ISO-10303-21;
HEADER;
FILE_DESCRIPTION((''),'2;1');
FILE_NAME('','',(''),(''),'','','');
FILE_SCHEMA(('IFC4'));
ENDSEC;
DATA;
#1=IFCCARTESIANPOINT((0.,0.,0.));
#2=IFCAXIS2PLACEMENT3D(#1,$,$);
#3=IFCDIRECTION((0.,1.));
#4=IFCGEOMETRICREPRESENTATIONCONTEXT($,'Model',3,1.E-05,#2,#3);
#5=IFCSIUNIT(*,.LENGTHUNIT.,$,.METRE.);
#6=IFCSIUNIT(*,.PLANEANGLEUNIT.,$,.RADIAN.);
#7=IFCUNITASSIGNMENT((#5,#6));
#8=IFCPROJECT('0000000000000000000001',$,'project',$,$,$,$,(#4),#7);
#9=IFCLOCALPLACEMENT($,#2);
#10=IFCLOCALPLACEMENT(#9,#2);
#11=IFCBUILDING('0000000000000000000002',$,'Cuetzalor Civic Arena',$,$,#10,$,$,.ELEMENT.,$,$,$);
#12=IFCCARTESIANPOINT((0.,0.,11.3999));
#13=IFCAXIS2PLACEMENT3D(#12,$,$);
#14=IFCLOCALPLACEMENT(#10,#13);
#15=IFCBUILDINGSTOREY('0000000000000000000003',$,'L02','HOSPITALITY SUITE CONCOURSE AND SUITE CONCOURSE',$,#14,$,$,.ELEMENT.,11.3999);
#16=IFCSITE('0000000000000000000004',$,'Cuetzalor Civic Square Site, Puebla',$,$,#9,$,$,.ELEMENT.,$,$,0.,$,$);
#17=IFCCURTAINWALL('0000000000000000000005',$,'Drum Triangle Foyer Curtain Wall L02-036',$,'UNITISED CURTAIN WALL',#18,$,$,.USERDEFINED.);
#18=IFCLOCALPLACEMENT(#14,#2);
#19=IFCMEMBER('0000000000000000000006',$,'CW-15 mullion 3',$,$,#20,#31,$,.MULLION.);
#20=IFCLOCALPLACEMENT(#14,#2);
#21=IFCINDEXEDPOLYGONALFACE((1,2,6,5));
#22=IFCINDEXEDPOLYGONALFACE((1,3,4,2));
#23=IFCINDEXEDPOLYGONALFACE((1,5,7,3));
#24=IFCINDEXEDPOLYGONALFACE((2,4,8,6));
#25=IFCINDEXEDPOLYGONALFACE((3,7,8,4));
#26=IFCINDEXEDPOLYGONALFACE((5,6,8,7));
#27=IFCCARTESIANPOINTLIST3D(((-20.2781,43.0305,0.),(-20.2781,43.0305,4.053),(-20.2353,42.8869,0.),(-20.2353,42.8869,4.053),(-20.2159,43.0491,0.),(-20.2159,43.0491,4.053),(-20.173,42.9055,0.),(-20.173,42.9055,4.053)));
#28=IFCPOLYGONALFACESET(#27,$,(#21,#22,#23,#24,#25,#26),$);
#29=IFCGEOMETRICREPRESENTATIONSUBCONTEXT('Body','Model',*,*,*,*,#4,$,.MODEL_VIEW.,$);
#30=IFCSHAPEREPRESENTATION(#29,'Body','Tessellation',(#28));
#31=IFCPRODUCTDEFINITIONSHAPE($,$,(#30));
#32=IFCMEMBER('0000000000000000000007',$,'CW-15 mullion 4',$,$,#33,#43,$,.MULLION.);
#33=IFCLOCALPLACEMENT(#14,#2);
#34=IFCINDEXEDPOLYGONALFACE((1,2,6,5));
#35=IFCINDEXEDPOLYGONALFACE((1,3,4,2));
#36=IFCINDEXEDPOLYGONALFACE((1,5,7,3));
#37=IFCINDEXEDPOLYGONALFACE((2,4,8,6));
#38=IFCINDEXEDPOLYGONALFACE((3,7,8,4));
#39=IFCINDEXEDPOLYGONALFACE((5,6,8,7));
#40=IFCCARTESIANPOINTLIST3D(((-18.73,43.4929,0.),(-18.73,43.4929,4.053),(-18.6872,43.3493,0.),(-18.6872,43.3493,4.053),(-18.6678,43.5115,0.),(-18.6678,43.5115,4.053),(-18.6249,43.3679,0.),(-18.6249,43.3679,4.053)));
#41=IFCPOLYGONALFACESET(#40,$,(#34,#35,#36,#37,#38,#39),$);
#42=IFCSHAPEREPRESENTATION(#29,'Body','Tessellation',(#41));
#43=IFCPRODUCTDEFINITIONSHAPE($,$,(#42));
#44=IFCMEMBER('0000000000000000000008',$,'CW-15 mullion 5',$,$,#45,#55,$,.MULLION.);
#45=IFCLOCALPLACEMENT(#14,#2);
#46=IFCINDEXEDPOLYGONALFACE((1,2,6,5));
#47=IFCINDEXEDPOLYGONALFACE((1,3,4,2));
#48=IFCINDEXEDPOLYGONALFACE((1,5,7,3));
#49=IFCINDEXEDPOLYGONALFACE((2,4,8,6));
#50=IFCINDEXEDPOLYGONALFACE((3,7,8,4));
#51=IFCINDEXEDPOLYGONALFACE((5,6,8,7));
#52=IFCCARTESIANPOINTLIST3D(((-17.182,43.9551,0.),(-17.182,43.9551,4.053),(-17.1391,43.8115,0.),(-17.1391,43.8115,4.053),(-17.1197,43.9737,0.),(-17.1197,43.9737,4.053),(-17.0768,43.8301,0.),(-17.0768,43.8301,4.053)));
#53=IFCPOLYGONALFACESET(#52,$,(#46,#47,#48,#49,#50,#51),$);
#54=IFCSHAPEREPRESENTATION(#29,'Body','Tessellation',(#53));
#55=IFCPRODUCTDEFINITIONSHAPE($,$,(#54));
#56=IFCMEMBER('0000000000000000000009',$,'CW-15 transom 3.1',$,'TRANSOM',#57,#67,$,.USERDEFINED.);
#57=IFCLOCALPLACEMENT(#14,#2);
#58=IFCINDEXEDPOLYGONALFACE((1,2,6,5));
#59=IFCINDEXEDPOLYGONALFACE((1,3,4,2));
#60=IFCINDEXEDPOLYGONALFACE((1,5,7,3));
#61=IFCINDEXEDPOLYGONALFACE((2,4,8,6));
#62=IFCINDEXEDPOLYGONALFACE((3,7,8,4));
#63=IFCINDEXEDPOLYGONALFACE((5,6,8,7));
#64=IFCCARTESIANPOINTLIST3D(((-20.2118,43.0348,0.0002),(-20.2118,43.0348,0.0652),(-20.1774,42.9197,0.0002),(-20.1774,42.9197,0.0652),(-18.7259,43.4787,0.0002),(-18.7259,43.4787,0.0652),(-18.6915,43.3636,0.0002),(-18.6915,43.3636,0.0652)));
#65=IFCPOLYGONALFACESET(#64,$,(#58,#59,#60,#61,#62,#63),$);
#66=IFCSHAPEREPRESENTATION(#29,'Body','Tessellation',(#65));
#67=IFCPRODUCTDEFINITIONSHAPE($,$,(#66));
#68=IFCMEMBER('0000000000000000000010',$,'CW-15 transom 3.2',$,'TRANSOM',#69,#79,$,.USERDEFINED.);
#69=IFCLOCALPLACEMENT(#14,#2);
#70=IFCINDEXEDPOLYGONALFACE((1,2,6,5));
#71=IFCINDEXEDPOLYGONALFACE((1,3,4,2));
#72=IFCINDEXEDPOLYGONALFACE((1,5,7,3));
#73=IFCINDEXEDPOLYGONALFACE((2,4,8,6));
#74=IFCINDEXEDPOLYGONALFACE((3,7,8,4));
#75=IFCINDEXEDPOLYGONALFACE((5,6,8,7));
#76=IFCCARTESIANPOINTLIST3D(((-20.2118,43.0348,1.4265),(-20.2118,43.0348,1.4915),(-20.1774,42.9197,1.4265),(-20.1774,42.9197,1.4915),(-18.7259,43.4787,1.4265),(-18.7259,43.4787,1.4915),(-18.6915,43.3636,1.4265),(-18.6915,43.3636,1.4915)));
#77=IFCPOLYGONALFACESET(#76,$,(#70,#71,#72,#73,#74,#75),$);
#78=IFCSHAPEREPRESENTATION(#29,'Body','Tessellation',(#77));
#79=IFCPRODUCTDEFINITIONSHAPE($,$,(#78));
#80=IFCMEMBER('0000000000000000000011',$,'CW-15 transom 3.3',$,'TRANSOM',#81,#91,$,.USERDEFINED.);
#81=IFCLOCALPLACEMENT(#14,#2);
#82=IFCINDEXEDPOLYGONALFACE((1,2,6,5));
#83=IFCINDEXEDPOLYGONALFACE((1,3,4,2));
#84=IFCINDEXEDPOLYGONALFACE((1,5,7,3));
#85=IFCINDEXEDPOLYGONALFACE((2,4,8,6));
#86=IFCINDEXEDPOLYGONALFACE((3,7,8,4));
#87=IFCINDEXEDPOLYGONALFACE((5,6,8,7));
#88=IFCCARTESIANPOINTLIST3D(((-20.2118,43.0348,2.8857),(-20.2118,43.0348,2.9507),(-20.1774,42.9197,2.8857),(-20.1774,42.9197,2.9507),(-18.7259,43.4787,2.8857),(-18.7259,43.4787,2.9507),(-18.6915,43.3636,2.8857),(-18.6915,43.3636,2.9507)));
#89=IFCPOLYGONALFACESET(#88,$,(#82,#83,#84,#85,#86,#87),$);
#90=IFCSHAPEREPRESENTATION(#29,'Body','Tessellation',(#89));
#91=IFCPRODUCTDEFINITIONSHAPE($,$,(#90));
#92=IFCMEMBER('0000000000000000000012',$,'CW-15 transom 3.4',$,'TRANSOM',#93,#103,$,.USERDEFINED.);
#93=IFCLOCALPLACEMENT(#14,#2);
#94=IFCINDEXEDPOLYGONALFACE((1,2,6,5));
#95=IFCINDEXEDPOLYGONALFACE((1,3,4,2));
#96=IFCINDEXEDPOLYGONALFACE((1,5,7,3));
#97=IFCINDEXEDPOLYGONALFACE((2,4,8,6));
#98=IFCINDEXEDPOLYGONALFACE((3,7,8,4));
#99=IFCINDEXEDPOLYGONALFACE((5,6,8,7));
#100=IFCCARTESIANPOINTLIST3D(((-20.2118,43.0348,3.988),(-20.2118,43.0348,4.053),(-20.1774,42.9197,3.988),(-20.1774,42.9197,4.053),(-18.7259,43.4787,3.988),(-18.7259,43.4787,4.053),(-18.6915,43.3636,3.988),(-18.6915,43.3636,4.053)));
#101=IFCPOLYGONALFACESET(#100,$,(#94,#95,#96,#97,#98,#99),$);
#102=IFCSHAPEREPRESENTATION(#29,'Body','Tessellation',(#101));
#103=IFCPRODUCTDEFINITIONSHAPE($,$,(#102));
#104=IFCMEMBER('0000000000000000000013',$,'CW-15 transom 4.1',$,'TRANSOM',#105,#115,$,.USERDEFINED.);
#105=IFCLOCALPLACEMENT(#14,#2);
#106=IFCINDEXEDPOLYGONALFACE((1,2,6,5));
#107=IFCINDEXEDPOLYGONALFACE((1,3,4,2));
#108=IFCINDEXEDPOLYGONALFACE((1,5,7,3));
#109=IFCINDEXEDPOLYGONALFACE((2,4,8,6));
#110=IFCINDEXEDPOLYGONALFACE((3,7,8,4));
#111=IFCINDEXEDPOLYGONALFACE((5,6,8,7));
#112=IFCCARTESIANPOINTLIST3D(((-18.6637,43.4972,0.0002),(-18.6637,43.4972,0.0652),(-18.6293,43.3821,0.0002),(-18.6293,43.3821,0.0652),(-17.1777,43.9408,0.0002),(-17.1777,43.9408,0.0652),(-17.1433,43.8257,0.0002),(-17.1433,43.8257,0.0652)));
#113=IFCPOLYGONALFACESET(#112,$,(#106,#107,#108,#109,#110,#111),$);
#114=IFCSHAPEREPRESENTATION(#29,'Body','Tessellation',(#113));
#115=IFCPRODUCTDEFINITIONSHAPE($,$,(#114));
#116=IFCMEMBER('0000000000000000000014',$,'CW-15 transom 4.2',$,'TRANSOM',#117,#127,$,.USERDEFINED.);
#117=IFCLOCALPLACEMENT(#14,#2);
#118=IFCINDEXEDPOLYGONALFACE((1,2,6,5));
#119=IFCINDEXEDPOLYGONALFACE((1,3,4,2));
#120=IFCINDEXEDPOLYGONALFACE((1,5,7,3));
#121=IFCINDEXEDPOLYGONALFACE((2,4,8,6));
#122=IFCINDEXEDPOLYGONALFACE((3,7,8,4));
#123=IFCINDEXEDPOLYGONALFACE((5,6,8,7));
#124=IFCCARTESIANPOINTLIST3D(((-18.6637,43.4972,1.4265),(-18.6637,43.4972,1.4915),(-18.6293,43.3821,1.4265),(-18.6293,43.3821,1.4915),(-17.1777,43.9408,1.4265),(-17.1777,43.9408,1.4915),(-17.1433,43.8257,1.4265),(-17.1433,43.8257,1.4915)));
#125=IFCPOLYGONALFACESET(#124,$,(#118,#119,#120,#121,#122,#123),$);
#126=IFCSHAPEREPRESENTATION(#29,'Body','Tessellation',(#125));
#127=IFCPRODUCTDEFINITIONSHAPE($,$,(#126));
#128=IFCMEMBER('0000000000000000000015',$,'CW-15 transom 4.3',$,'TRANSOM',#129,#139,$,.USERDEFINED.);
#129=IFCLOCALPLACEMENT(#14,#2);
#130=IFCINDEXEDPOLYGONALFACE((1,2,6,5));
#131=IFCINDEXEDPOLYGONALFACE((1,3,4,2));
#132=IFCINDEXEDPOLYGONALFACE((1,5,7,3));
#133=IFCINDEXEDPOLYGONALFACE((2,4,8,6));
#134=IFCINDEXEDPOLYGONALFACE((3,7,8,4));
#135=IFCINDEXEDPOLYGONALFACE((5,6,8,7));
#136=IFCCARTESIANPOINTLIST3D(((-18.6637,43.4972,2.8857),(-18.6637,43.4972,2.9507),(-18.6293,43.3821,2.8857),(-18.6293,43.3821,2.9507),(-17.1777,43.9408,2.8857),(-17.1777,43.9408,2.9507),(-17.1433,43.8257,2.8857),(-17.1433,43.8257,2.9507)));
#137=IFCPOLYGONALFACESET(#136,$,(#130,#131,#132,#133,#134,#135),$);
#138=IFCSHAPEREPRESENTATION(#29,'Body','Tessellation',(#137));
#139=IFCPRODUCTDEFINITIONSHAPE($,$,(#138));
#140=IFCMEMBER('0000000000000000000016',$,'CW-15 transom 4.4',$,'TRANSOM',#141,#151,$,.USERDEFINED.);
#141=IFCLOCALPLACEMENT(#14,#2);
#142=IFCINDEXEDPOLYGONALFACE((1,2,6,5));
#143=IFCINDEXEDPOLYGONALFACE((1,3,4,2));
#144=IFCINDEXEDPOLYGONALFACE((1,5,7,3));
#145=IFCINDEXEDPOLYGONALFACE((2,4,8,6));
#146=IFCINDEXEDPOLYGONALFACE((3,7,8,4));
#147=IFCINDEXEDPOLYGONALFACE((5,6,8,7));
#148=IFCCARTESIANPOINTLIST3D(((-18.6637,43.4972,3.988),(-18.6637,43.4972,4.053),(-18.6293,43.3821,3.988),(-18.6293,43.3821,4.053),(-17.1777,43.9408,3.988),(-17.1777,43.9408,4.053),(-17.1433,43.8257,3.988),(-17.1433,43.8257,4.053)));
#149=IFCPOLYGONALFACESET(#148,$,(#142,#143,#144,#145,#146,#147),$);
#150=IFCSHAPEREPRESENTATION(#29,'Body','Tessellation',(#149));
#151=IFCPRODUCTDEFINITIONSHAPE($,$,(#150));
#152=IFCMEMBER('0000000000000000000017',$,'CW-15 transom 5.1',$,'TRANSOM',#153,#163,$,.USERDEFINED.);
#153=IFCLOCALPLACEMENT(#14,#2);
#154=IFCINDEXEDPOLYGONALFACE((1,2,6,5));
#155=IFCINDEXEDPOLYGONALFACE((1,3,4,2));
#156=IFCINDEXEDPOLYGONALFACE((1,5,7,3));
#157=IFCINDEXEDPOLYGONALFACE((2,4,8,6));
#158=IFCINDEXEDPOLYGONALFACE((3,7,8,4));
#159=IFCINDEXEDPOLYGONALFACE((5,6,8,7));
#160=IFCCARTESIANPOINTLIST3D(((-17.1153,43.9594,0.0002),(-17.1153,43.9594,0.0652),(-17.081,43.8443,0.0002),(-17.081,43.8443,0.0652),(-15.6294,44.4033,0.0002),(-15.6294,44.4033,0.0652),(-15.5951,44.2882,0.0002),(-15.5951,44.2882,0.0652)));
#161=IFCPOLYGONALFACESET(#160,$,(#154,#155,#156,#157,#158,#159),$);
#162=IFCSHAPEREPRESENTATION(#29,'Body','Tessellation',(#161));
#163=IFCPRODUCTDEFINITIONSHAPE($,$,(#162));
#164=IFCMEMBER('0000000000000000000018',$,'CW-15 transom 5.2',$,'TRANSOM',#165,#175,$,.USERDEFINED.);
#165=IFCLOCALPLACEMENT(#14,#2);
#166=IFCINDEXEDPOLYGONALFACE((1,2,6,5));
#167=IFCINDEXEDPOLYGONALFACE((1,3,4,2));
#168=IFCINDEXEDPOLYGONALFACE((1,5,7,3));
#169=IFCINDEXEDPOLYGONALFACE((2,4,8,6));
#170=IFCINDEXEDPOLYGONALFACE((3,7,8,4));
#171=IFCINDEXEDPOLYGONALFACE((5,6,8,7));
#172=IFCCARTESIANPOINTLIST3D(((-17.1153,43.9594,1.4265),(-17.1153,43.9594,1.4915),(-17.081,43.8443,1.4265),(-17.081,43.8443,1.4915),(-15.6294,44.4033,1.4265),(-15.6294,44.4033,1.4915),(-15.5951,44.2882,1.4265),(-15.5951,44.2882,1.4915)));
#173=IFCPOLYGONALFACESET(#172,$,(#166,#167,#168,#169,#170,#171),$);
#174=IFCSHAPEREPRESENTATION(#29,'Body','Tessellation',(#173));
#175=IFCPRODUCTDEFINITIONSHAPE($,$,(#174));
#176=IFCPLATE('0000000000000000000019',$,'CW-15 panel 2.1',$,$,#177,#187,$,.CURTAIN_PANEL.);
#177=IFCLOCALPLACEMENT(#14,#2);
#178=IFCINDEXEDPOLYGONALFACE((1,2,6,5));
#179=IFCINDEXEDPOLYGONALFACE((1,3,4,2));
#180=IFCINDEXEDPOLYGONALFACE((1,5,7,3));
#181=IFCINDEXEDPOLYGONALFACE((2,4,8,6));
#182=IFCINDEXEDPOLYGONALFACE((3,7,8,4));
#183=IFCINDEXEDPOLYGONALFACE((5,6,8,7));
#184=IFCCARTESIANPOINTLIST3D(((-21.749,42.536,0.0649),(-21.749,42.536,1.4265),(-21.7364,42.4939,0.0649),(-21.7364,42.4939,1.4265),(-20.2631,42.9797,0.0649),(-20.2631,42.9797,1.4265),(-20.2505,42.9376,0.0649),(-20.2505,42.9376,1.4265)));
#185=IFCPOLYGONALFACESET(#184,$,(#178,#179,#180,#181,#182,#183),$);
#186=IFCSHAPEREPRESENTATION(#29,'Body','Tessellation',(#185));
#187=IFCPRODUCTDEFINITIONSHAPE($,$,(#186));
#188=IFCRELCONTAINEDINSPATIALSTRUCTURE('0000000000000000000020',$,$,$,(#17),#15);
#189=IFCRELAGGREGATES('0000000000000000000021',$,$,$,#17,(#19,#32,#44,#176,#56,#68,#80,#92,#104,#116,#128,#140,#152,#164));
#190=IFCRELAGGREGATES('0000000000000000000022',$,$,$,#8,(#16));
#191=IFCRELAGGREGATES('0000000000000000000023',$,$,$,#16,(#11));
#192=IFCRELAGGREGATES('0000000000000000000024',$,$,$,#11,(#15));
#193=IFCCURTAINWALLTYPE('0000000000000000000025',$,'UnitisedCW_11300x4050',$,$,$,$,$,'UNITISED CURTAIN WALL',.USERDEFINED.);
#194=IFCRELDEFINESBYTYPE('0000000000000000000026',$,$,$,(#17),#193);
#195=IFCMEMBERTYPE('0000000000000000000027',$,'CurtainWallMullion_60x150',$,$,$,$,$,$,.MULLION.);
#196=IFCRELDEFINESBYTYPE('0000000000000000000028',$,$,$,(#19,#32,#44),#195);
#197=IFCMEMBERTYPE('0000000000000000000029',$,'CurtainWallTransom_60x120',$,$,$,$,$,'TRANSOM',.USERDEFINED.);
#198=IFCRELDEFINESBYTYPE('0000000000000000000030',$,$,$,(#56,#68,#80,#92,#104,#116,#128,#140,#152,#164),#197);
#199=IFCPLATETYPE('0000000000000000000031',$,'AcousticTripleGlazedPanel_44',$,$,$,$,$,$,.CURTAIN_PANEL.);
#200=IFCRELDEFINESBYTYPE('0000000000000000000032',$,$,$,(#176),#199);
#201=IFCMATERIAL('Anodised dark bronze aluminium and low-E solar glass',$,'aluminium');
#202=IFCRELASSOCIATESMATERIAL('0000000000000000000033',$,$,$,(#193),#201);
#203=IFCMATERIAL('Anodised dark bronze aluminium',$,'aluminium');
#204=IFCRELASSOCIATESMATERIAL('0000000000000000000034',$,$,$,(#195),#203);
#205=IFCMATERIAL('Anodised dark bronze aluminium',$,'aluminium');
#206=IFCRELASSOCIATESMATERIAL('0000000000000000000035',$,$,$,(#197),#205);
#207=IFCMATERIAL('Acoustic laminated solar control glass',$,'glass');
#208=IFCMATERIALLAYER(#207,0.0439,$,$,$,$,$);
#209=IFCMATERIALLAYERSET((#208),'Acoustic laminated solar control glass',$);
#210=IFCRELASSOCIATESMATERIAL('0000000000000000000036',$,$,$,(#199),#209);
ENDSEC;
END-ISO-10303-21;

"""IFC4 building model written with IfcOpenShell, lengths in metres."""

from ifc_helpers import new_model, si_unit, direction, frame, origin, origin_2d, place, context, subcontext, project, spatial, rectangle, extrude, material, layer, layer_set, material_profile, profile_set, type_object, element, aggregate, save


model = new_model("IFC4")

# Units and contexts
model_context = context("Model", 3, precision=1e-05, world=origin(), true_north=direction((0.0, 1.0)))
body_context = subcontext(model_context, "Body", "Model", "MODEL_VIEW")
ifc_project = project(units=[si_unit("LENGTHUNIT", "METRE"), si_unit("PLANEANGLEUNIT", "RADIAN")], contexts=[model_context])

# Site, building, storey
site_placement = place(None, origin())
site = spatial("IfcSite", under=ifc_project, at=site_placement, Name="Cuetzalor Civic Square Site, Puebla", CompositionType="ELEMENT", RefElevation=0.0)
building_placement = place(site_placement, origin())
building = spatial("IfcBuilding", under=site, at=building_placement, Name="Cuetzalor Civic Arena", CompositionType="ELEMENT")
storey_placement = place(building_placement, frame((0.0, 0.0, 11.3999)))
storey = spatial("IfcBuildingStorey", under=building, at=storey_placement, Name="L02", Description="HOSPITALITY SUITE CONCOURSE AND SUITE CONCOURSE", CompositionType="ELEMENT", Elevation=11.3999)

# Curtain wall, members, plate
ifc_material_1 = material(Name="Anodised dark bronze aluminium and low-E solar glass", Category="aluminium")
curtain_wall_type = type_object("IfcCurtainWallType", Name="UnitisedCW_11300x4050", ElementType="UNITISED CURTAIN WALL", PredefinedType="USERDEFINED", material=ifc_material_1)
curtain_wall_placement = place(storey_placement, origin())
curtain_wall = element("IfcCurtainWall", 1, at=curtain_wall_placement, inside=storey, type_object=curtain_wall_type, Name="Drum Triangle Foyer Curtain Wall L02-036", ObjectType="UNITISED CURTAIN WALL", PredefinedType="USERDEFINED")
ifc_material_2 = material(Name="Anodised dark bronze aluminium", Category="aluminium")
ifc_material_profile_1 = material_profile(ifc_material_2, rectangle(XDim=0.0649, YDim=0.1499, at=origin_2d()), Name="ALU MULLION 65x150")
ifc_profile_set_1 = profile_set([ifc_material_profile_1], Name="Anodised dark bronze aluminium")
member_type_1 = type_object("IfcMemberType", Name="CurtainWallMullion_60x150", PredefinedType="MULLION", material=ifc_profile_set_1)
member_1_placement = place(storey_placement, frame((-20.2256, 42.968, 0.0), z_axis=(0.0, 0.0, 1.0), x_axis=(0.958194, 0.28612, 0.0)))
member_1 = element("IfcMember", 2, at=member_1_placement, type_object=member_type_1, Name="CW-15 mullion 3", PredefinedType="MULLION", context=body_context, shape_type="SweptSolid", body=[
    extrude(rectangle(XDim=0.0649, YDim=0.1499, at=origin_2d()), origin(), (0.0, 0.0, 1.0), 4.053),
])
member_2_placement = place(storey_placement, frame((-18.6775, 43.4304, 0.0), z_axis=(0.0, 0.0, 1.0), x_axis=(0.958194, 0.28612, 0.0)))
member_2 = element("IfcMember", 3, at=member_2_placement, type_object=member_type_1, Name="CW-15 mullion 4", PredefinedType="MULLION", context=body_context, shape_type="SweptSolid", body=[
    extrude(rectangle(XDim=0.0649, YDim=0.1499, at=origin_2d()), origin(), (0.0, 0.0, 1.0), 4.053),
])
member_3_placement = place(storey_placement, frame((-17.1294, 43.8926, 0.0), z_axis=(0.0, 0.0, 1.0), x_axis=(0.958194, 0.28612, 0.0)))
member_3 = element("IfcMember", 4, at=member_3_placement, type_object=member_type_1, Name="CW-15 mullion 5", PredefinedType="MULLION", context=body_context, shape_type="SweptSolid", body=[
    extrude(rectangle(XDim=0.0649, YDim=0.1499, at=origin_2d()), origin(), (0.0, 0.0, 1.0), 4.053),
])
ifc_material_3 = material(Name="Anodised dark bronze aluminium", Category="aluminium")
ifc_material_profile_2 = material_profile(ifc_material_3, rectangle(XDim=0.1201, YDim=0.0649, at=origin_2d()), Name="ALU TRANSOM 65x120")
ifc_profile_set_2 = profile_set([ifc_material_profile_2], Name="Anodised dark bronze aluminium")
member_type_2 = type_object("IfcMemberType", Name="CurtainWallTransom_60x120", ElementType="TRANSOM", PredefinedType="USERDEFINED", material=ifc_profile_set_2)
member_4_placement = place(storey_placement, frame((-20.1946, 42.9773, 0.0327), z_axis=(0.958164, 0.286221, 0.0), x_axis=(-0.286221, 0.958164, 0.0)))
member_4 = element("IfcMember", 5, at=member_4_placement, type_object=member_type_2, Name="CW-15 transom 3.1", ObjectType="TRANSOM", PredefinedType="USERDEFINED", context=body_context, shape_type="SweptSolid", body=[
    extrude(rectangle(XDim=0.1201, YDim=0.0649, at=origin_2d()), origin(), (0.0, 0.0, 1.0), 1.5508),
])
member_5_placement = place(storey_placement, frame((-20.1946, 42.9773, 1.459), z_axis=(0.958164, 0.286221, 0.0), x_axis=(-0.286221, 0.958164, 0.0)))
member_5 = element("IfcMember", 6, at=member_5_placement, type_object=member_type_2, Name="CW-15 transom 3.2", ObjectType="TRANSOM", PredefinedType="USERDEFINED", context=body_context, shape_type="SweptSolid", body=[
    extrude(rectangle(XDim=0.1201, YDim=0.0649, at=origin_2d()), origin(), (0.0, 0.0, 1.0), 1.5508),
])
member_6_placement = place(storey_placement, frame((-20.1946, 42.9773, 2.9182), z_axis=(0.958164, 0.286221, 0.0), x_axis=(-0.286221, 0.958164, 0.0)))
member_6 = element("IfcMember", 7, at=member_6_placement, type_object=member_type_2, Name="CW-15 transom 3.3", ObjectType="TRANSOM", PredefinedType="USERDEFINED", context=body_context, shape_type="SweptSolid", body=[
    extrude(rectangle(XDim=0.1201, YDim=0.0649, at=origin_2d()), origin(), (0.0, 0.0, 1.0), 1.5508),
])
member_7_placement = place(storey_placement, frame((-20.1946, 42.9773, 4.0205), z_axis=(0.958164, 0.286221, 0.0), x_axis=(-0.286221, 0.958164, 0.0)))
member_7 = element("IfcMember", 8, at=member_7_placement, type_object=member_type_2, Name="CW-15 transom 3.4", ObjectType="TRANSOM", PredefinedType="USERDEFINED", context=body_context, shape_type="SweptSolid", body=[
    extrude(rectangle(XDim=0.1201, YDim=0.0649, at=origin_2d()), origin(), (0.0, 0.0, 1.0), 1.5508),
])
member_8_placement = place(storey_placement, frame((-18.6465, 43.4397, 0.0327), z_axis=(0.95822, 0.286033, 0.0), x_axis=(-0.286033, 0.95822, 0.0)))
member_8 = element("IfcMember", 9, at=member_8_placement, type_object=member_type_2, Name="CW-15 transom 4.1", ObjectType="TRANSOM", PredefinedType="USERDEFINED", context=body_context, shape_type="SweptSolid", body=[
    extrude(rectangle(XDim=0.1201, YDim=0.0649, at=origin_2d()), origin(), (0.0, 0.0, 1.0), 1.5508),
])
member_9_placement = place(storey_placement, frame((-18.6465, 43.4397, 1.459), z_axis=(0.95822, 0.286033, 0.0), x_axis=(-0.286033, 0.95822, 0.0)))
member_9 = element("IfcMember", 10, at=member_9_placement, type_object=member_type_2, Name="CW-15 transom 4.2", ObjectType="TRANSOM", PredefinedType="USERDEFINED", context=body_context, shape_type="SweptSolid", body=[
    extrude(rectangle(XDim=0.1201, YDim=0.0649, at=origin_2d()), origin(), (0.0, 0.0, 1.0), 1.5508),
])
member_10_placement = place(storey_placement, frame((-18.6465, 43.4397, 2.9182), z_axis=(0.95822, 0.286033, 0.0), x_axis=(-0.286033, 0.95822, 0.0)))
member_10 = element("IfcMember", 11, at=member_10_placement, type_object=member_type_2, Name="CW-15 transom 4.3", ObjectType="TRANSOM", PredefinedType="USERDEFINED", context=body_context, shape_type="SweptSolid", body=[
    extrude(rectangle(XDim=0.1201, YDim=0.0649, at=origin_2d()), origin(), (0.0, 0.0, 1.0), 1.5508),
])
member_11_placement = place(storey_placement, frame((-18.6465, 43.4397, 4.0205), z_axis=(0.95822, 0.286033, 0.0), x_axis=(-0.286033, 0.95822, 0.0)))
member_11 = element("IfcMember", 12, at=member_11_placement, type_object=member_type_2, Name="CW-15 transom 4.4", ObjectType="TRANSOM", PredefinedType="USERDEFINED", context=body_context, shape_type="SweptSolid", body=[
    extrude(rectangle(XDim=0.1201, YDim=0.0649, at=origin_2d()), origin(), (0.0, 0.0, 1.0), 1.5508),
])
member_12_placement = place(storey_placement, frame((-17.0981, 43.9019, 0.0327), z_axis=(0.958164, 0.286221, 0.0), x_axis=(-0.286221, 0.958164, 0.0)))
member_12 = element("IfcMember", 13, at=member_12_placement, type_object=member_type_2, Name="CW-15 transom 5.1", ObjectType="TRANSOM", PredefinedType="USERDEFINED", context=body_context, shape_type="SweptSolid", body=[
    extrude(rectangle(XDim=0.1201, YDim=0.0649, at=origin_2d()), origin(), (0.0, 0.0, 1.0), 1.5508),
])
member_13_placement = place(storey_placement, frame((-17.0981, 43.9019, 1.459), z_axis=(0.958164, 0.286221, 0.0), x_axis=(-0.286221, 0.958164, 0.0)))
member_13 = element("IfcMember", 14, at=member_13_placement, type_object=member_type_2, Name="CW-15 transom 5.2", ObjectType="TRANSOM", PredefinedType="USERDEFINED", context=body_context, shape_type="SweptSolid", body=[
    extrude(rectangle(XDim=0.1201, YDim=0.0649, at=origin_2d()), origin(), (0.0, 0.0, 1.0), 1.5508),
])
ifc_material_4 = material(Name="Acoustic laminated solar control glass", Category="glass")
ifc_layer = layer(ifc_material_4, 0.0439)
ifc_layer_set = layer_set([ifc_layer], Name="Acoustic laminated solar control glass")
plate_type = type_object("IfcPlateType", Name="AcousticTripleGlazedPanel_44", PredefinedType="CURTAIN_PANEL", material=ifc_layer_set)
plate_1_placement = place(storey_placement, frame((-20.9998, 42.7368, 0.0649), z_axis=(0.0, 0.0, 1.0), x_axis=(0.958194, 0.28612, 0.0)))
plate_1 = element("IfcPlate", 15, at=plate_1_placement, type_object=plate_type, Name="CW-15 panel 2.1", PredefinedType="CURTAIN_PANEL", context=body_context, shape_type="SweptSolid", body=[
    extrude(rectangle(XDim=1.5508, YDim=0.0439, at=origin_2d()), origin(), (0.0, 0.0, 1.0), 1.3616),
])
aggregate(curtain_wall, [member_1, member_2, member_3, plate_1, member_4, member_5, member_6, member_7, member_8, member_9, member_10, member_11, member_12, member_13])

save(model, "model.ifc")
